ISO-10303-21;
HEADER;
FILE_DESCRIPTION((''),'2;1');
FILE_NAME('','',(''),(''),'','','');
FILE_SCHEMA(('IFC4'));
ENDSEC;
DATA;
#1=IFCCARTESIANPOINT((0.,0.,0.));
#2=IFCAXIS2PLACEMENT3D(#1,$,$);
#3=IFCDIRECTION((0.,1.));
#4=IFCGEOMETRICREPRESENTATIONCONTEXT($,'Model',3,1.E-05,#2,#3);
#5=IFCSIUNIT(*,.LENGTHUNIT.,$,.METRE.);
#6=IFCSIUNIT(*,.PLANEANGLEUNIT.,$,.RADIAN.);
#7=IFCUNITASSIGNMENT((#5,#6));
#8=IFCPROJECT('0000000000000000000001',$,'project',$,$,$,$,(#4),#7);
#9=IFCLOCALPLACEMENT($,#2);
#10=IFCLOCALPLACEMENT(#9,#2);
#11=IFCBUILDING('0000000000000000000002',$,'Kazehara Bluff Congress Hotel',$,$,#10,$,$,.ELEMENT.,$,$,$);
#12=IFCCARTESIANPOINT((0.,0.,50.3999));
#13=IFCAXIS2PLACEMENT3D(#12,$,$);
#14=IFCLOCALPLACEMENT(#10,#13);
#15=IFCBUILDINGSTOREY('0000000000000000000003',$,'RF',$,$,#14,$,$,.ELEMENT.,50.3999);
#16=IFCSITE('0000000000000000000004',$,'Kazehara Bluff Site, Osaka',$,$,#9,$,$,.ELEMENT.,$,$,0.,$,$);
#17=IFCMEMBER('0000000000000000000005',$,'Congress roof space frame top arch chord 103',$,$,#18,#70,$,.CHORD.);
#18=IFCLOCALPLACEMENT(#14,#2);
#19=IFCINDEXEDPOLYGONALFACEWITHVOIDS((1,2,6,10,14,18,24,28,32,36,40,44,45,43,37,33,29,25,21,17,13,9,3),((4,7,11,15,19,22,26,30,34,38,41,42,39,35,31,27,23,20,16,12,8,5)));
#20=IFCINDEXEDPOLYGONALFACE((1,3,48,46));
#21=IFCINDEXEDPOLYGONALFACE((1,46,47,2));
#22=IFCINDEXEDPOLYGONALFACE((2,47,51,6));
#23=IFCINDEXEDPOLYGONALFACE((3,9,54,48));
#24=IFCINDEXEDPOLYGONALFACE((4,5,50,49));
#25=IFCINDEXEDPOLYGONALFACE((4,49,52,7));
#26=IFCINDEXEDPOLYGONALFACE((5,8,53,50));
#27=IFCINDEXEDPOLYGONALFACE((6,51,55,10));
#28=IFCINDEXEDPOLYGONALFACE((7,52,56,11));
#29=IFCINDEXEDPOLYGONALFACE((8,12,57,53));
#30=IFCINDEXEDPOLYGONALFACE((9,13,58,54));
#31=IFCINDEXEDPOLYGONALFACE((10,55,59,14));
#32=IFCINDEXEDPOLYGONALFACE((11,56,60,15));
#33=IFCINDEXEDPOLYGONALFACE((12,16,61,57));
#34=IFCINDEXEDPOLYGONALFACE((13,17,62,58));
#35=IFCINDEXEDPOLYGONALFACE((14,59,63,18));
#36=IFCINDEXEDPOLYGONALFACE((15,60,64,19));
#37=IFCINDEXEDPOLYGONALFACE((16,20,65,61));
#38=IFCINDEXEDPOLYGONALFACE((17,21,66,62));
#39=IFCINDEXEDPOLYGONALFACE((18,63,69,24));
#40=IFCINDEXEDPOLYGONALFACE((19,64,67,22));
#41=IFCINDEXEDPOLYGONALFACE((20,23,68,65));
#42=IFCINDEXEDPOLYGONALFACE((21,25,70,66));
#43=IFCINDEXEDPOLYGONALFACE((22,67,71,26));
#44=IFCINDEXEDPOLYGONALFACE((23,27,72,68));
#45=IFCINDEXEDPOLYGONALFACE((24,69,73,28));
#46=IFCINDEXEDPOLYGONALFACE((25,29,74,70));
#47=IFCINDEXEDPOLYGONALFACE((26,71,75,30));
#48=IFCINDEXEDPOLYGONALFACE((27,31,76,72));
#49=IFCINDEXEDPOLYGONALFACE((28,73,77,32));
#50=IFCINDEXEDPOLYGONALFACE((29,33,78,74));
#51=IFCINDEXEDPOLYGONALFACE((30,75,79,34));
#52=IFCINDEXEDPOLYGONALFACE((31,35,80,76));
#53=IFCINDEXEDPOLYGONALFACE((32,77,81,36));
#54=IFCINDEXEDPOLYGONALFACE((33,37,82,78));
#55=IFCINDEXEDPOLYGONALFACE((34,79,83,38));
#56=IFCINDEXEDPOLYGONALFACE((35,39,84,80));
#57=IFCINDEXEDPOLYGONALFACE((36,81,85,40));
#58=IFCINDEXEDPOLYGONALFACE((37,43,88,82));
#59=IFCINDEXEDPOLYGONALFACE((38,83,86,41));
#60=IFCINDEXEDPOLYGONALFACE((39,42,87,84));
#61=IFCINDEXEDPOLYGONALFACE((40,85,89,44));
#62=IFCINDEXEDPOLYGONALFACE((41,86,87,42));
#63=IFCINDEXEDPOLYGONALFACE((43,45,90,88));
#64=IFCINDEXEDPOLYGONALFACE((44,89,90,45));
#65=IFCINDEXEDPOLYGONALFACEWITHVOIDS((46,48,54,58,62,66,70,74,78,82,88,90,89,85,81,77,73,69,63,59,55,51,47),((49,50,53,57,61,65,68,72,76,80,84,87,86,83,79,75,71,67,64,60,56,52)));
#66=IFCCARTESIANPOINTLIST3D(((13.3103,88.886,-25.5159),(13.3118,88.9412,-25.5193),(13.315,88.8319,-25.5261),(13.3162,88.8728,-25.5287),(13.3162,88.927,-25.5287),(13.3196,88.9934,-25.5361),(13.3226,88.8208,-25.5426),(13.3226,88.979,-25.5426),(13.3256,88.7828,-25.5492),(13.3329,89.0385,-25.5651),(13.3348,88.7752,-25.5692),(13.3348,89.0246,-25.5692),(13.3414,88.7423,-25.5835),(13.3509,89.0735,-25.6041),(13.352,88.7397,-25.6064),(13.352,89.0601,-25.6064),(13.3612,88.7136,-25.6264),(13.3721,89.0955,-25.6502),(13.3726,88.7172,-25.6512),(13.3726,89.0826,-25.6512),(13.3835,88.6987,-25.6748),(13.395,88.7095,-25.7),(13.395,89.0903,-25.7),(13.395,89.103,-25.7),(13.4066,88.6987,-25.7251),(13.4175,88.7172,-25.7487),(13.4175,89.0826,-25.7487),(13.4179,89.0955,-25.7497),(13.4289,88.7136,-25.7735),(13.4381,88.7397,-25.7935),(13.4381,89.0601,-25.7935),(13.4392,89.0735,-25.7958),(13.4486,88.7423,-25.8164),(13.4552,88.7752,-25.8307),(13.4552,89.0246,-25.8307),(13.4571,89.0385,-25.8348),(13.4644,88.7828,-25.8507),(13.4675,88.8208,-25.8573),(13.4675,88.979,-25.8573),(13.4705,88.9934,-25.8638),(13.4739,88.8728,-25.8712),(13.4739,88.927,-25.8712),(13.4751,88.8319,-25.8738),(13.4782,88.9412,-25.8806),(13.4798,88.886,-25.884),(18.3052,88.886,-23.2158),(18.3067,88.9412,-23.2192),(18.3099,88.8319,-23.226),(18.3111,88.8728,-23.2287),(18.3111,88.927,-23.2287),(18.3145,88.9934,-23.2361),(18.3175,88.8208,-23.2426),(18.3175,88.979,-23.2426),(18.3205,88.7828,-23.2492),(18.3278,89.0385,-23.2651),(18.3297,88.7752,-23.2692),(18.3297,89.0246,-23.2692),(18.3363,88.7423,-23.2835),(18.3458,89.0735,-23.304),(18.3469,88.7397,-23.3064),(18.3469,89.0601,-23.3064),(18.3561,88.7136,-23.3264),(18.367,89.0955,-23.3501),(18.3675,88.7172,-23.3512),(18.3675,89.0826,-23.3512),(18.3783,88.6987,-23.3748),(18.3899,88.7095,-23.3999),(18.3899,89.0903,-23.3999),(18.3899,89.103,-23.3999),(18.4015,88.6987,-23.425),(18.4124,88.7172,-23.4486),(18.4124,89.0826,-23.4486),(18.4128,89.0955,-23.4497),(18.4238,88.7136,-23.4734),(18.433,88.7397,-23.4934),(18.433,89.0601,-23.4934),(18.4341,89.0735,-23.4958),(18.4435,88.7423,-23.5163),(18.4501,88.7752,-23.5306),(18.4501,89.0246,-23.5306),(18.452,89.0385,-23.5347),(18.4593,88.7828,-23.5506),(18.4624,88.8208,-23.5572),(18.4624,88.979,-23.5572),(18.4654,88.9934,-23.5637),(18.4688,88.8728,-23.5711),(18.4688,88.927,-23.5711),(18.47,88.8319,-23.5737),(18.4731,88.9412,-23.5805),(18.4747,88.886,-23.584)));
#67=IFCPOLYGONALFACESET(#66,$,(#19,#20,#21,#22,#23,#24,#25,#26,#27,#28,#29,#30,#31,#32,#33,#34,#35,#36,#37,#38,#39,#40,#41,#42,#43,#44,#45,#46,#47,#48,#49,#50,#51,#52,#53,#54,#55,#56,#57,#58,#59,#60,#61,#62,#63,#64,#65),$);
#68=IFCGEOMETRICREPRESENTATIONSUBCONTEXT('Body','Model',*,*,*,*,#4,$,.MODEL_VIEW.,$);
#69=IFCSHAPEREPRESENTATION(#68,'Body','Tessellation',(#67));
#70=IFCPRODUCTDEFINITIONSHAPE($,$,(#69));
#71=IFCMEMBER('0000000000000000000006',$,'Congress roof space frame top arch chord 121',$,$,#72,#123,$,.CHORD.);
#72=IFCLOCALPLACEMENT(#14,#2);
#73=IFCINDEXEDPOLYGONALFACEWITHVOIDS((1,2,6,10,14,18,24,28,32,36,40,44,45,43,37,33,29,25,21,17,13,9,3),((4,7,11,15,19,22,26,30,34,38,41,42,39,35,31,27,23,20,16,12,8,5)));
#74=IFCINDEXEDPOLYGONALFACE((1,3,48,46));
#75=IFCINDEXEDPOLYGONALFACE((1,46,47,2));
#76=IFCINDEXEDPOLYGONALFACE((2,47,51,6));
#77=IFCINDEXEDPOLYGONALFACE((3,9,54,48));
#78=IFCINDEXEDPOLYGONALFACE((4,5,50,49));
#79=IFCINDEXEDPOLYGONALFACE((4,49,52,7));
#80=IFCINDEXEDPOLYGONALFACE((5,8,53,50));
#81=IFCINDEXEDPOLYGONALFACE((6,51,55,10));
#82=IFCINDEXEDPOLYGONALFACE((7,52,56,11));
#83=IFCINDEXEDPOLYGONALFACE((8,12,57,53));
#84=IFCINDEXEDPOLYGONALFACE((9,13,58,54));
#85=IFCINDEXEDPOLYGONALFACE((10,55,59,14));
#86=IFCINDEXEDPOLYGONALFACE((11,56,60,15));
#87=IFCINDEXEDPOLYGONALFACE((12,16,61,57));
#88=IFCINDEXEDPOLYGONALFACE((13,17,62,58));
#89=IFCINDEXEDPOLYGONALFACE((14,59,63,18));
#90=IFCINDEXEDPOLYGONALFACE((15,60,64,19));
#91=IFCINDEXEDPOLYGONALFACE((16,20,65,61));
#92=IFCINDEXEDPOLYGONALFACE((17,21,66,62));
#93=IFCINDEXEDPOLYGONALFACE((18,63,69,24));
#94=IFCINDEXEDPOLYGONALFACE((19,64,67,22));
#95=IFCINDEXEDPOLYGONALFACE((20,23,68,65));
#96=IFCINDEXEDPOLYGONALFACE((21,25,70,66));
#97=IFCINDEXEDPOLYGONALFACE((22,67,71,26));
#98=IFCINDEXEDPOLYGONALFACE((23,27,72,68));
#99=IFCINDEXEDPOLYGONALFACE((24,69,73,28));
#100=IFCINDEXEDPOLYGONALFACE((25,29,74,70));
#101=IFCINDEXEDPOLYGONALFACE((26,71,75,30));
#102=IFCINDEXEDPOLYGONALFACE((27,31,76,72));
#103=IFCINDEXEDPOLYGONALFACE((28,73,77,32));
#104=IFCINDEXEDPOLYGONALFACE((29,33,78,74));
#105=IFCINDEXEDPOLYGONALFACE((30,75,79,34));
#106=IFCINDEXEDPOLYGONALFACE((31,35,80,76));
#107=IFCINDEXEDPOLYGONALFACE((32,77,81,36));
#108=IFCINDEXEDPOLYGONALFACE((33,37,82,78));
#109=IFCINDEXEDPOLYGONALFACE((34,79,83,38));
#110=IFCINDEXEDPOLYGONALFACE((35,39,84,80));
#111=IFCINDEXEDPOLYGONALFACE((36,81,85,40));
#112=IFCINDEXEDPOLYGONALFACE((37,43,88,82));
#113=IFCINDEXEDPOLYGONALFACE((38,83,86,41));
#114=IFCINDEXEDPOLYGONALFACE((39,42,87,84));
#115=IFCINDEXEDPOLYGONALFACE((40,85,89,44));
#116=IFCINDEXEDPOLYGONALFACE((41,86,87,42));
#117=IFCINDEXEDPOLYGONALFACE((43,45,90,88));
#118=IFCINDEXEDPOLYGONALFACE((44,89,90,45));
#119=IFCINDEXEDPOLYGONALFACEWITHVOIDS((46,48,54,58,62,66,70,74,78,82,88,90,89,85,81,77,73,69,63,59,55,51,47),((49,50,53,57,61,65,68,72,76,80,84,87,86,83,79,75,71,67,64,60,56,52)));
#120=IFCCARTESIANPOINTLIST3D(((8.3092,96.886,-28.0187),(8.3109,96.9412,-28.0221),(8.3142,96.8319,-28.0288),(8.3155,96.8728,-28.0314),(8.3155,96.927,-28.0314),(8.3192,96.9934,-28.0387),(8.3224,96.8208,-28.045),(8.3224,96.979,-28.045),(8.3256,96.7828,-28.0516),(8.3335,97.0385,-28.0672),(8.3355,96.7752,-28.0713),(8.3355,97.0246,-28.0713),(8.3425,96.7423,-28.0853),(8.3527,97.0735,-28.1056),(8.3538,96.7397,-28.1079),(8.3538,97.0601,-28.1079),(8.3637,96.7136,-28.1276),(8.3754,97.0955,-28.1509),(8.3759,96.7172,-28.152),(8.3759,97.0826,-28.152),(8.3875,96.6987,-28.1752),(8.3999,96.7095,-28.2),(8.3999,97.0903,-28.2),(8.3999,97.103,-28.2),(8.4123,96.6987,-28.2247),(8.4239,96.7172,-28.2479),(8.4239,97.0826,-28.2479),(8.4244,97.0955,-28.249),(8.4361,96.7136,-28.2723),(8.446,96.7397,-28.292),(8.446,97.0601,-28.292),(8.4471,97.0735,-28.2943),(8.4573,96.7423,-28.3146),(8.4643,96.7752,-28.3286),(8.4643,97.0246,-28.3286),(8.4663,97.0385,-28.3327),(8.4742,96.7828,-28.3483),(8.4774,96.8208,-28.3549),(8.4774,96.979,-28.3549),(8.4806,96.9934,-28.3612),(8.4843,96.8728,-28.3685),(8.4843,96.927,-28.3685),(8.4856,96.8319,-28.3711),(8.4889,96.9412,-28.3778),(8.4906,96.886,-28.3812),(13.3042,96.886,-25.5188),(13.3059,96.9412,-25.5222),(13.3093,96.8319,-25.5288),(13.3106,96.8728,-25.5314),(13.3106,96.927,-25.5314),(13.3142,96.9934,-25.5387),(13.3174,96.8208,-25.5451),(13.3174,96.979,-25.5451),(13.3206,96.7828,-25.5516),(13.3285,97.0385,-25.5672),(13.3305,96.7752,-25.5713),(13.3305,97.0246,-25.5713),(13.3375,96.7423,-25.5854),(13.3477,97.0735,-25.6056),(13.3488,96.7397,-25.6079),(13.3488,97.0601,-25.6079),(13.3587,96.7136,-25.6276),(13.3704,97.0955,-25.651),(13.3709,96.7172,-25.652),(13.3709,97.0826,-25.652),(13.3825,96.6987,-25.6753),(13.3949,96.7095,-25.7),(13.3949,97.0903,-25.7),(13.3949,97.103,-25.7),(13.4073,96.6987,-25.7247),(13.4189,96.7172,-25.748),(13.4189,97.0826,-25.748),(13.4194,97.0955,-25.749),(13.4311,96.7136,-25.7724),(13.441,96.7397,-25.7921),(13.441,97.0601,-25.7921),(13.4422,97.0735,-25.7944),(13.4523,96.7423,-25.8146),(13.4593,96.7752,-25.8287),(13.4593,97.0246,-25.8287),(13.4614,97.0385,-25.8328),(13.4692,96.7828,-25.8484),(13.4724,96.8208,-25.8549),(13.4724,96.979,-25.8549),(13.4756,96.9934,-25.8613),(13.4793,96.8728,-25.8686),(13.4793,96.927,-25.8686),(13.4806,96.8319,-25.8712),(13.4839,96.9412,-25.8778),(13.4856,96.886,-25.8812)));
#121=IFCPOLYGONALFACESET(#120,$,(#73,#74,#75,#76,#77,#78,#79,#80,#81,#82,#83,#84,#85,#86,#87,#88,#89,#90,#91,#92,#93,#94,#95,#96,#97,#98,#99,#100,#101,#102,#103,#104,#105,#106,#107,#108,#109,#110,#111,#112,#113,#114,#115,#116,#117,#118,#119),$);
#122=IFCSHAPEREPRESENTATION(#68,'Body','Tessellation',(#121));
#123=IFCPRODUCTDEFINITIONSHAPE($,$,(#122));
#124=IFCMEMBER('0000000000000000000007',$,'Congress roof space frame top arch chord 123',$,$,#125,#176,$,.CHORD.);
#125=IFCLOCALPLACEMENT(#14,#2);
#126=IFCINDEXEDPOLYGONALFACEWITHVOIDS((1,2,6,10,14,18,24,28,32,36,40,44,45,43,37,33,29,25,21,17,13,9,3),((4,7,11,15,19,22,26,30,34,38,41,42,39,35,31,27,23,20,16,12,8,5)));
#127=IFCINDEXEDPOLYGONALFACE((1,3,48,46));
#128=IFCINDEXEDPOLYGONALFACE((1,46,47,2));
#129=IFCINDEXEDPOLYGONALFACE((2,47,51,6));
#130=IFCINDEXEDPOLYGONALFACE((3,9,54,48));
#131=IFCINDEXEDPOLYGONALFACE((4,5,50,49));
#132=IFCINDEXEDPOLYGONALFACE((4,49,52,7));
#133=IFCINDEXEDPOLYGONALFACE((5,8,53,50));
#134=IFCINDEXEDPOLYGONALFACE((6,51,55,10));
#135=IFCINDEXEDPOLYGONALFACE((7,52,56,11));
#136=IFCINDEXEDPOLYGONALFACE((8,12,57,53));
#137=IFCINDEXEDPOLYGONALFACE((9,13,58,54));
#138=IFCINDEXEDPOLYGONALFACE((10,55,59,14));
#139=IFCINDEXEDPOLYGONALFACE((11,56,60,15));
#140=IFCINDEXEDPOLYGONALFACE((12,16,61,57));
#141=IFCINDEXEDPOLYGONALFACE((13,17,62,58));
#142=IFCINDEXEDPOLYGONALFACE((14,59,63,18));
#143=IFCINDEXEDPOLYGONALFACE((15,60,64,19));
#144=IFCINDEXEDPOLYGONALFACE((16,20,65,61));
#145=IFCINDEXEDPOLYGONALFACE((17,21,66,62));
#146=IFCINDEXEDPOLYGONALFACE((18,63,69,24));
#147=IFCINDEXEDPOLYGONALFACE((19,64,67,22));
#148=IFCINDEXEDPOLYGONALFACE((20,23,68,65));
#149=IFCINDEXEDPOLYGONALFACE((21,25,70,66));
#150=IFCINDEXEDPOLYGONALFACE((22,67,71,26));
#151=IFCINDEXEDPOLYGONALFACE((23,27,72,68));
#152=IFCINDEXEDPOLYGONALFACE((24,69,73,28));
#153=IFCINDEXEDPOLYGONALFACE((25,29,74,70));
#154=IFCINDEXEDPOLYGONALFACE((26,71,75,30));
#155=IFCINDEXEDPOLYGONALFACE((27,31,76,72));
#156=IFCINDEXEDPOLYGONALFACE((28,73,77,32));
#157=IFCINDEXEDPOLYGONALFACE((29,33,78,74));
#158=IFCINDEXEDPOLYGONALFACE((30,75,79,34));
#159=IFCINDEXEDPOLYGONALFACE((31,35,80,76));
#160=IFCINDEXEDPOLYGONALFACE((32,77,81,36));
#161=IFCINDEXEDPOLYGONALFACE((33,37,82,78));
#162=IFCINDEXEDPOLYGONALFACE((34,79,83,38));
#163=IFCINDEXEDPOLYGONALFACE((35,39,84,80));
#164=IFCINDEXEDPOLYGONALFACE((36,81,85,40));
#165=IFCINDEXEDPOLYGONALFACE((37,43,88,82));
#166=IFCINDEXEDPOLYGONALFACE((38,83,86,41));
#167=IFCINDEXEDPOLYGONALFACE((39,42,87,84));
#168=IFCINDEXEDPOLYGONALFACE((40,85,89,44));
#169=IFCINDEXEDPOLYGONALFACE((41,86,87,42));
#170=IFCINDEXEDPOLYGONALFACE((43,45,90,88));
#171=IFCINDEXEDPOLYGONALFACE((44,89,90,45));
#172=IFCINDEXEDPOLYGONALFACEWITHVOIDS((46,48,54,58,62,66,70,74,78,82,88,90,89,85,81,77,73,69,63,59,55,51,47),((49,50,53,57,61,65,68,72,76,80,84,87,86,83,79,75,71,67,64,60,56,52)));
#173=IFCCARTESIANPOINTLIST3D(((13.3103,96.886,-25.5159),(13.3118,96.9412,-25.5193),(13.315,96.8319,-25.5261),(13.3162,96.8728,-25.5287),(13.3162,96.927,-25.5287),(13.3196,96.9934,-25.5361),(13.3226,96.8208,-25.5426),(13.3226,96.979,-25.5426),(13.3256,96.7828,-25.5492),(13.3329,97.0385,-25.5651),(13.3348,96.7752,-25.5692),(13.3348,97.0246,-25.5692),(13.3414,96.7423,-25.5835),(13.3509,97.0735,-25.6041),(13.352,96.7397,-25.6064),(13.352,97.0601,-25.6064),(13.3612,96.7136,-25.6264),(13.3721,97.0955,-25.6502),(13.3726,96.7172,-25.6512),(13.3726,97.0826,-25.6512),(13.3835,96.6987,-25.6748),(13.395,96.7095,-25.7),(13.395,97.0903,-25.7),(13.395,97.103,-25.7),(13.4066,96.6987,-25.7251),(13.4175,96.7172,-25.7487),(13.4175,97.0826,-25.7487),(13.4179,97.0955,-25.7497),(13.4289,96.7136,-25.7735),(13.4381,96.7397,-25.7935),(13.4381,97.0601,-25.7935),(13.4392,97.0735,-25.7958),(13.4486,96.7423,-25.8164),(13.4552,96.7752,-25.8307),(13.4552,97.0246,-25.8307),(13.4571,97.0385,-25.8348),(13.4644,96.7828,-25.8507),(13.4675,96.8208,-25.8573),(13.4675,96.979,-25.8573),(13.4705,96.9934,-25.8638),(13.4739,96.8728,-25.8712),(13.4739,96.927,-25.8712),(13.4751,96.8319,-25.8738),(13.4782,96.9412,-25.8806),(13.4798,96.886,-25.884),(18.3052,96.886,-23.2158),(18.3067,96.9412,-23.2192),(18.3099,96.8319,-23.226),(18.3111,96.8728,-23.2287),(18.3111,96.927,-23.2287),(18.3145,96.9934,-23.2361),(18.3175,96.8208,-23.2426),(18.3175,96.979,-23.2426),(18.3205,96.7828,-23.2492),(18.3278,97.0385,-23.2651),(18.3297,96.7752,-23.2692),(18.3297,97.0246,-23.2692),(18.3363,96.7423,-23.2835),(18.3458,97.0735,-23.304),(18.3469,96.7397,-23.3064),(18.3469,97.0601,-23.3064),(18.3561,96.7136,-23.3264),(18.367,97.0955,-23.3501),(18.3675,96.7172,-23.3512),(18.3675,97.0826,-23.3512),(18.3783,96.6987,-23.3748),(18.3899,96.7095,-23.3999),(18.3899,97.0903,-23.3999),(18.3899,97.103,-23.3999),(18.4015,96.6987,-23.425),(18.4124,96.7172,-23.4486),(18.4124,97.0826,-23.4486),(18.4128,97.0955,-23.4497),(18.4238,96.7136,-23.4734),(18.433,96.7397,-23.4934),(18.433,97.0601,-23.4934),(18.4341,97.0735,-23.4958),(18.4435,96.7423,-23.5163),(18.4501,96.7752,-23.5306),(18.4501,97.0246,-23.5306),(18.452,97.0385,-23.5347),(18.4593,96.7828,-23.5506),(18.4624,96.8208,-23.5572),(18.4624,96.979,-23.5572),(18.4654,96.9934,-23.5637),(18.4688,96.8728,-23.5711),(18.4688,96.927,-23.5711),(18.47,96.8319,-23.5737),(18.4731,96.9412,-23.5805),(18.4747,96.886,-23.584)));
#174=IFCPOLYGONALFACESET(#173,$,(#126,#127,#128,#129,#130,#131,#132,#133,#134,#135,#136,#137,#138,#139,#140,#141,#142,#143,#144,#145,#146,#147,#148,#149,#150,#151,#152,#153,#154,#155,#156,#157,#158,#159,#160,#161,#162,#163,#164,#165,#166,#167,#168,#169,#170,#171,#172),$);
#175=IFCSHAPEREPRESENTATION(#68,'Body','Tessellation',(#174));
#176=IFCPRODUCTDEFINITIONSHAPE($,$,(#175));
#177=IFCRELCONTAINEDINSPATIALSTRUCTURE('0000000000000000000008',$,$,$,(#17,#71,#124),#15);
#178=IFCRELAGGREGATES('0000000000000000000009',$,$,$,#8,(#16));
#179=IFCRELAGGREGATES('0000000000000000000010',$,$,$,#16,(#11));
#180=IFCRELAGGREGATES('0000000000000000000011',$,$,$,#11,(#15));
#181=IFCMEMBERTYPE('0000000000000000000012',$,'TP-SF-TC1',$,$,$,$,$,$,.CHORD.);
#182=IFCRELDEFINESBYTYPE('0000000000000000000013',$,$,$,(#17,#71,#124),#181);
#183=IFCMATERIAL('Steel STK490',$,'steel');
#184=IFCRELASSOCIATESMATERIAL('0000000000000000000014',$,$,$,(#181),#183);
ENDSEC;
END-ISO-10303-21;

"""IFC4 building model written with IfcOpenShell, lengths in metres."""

from ifc_helpers import new_model, si_unit, direction, frame, origin, origin_2d, place, context, subcontext, project, spatial, hollow_circle, extrude, material, material_profile, profile_set, type_object, element, save


model = new_model("IFC4")

# Units and contexts
model_context = context("Model", 3, precision=1e-05, world=origin(), true_north=direction((0.0, 1.0)))
body_context = subcontext(model_context, "Body", "Model", "MODEL_VIEW")
ifc_project = project(units=[si_unit("LENGTHUNIT", "METRE"), si_unit("PLANEANGLEUNIT", "RADIAN")], contexts=[model_context])

# Site, building, storey
site_placement = place(None, origin())
site = spatial("IfcSite", under=ifc_project, at=site_placement, Name="Kazehara Bluff Site, Osaka", CompositionType="ELEMENT", RefElevation=0.0)
building_placement = place(site_placement, origin())
building = spatial("IfcBuilding", under=site, at=building_placement, Name="Kazehara Bluff Congress Hotel", CompositionType="ELEMENT")
storey_placement = place(building_placement, frame((0.0, 0.0, 50.3999)))
storey = spatial("IfcBuildingStorey", under=building, at=storey_placement, Name="RF", CompositionType="ELEMENT", Elevation=50.3999)

# Members
ifc_material_1 = material(Name="Steel STK490", Category="steel")
ifc_material_profile_1 = material_profile(ifc_material_1, hollow_circle(Radius=0.2031, WallThickness=0.0127, at=origin_2d()))
ifc_profile_set_1 = profile_set([ifc_material_profile_1], Name="Steel STK490")
member_type_1 = type_object("IfcMemberType", Name="TP-SF-TC1", PredefinedType="CHORD", material=ifc_profile_set_1)
member_1_placement = place(storey_placement, frame((13.395, 88.8999, -25.7), z_axis=(0.908324, 0.0, 0.418267), x_axis=(0.0, 1.0, 0.0)))
element("IfcMember", 1, at=member_1_placement, inside=storey, type_object=member_type_1, Name="Congress roof space frame top arch chord 103", PredefinedType="CHORD", context=body_context, shape_type="SweptSolid", body=[
    extrude(hollow_circle(Radius=0.2031, WallThickness=0.0127, at=origin_2d()), origin(), (0.0, 0.0, 1.0), 5.499),
])
member_2_placement = place(storey_placement, frame((8.3999, 96.8999, -28.2), z_axis=(0.894252, 0.0, 0.447563), x_axis=(0.0, 1.0, 0.0)))
element("IfcMember", 2, at=member_2_placement, inside=storey, type_object=member_type_1, Name="Congress roof space frame top arch chord 121", PredefinedType="CHORD", context=body_context, shape_type="SweptSolid", body=[
    extrude(hollow_circle(Radius=0.2031, WallThickness=0.0127, at=origin_2d()), origin(), (0.0, 0.0, 1.0), 5.5857),
])
member_3_placement = place(storey_placement, frame((13.395, 96.8999, -25.7), z_axis=(0.908324, 0.0, 0.418267), x_axis=(0.0, 1.0, 0.0)))
element("IfcMember", 3, at=member_3_placement, inside=storey, type_object=member_type_1, Name="Congress roof space frame top arch chord 123", PredefinedType="CHORD", context=body_context, shape_type="SweptSolid", body=[
    extrude(hollow_circle(Radius=0.2031, WallThickness=0.0127, at=origin_2d()), origin(), (0.0, 0.0, 1.0), 5.499),
])

save(model, "model.ifc")
